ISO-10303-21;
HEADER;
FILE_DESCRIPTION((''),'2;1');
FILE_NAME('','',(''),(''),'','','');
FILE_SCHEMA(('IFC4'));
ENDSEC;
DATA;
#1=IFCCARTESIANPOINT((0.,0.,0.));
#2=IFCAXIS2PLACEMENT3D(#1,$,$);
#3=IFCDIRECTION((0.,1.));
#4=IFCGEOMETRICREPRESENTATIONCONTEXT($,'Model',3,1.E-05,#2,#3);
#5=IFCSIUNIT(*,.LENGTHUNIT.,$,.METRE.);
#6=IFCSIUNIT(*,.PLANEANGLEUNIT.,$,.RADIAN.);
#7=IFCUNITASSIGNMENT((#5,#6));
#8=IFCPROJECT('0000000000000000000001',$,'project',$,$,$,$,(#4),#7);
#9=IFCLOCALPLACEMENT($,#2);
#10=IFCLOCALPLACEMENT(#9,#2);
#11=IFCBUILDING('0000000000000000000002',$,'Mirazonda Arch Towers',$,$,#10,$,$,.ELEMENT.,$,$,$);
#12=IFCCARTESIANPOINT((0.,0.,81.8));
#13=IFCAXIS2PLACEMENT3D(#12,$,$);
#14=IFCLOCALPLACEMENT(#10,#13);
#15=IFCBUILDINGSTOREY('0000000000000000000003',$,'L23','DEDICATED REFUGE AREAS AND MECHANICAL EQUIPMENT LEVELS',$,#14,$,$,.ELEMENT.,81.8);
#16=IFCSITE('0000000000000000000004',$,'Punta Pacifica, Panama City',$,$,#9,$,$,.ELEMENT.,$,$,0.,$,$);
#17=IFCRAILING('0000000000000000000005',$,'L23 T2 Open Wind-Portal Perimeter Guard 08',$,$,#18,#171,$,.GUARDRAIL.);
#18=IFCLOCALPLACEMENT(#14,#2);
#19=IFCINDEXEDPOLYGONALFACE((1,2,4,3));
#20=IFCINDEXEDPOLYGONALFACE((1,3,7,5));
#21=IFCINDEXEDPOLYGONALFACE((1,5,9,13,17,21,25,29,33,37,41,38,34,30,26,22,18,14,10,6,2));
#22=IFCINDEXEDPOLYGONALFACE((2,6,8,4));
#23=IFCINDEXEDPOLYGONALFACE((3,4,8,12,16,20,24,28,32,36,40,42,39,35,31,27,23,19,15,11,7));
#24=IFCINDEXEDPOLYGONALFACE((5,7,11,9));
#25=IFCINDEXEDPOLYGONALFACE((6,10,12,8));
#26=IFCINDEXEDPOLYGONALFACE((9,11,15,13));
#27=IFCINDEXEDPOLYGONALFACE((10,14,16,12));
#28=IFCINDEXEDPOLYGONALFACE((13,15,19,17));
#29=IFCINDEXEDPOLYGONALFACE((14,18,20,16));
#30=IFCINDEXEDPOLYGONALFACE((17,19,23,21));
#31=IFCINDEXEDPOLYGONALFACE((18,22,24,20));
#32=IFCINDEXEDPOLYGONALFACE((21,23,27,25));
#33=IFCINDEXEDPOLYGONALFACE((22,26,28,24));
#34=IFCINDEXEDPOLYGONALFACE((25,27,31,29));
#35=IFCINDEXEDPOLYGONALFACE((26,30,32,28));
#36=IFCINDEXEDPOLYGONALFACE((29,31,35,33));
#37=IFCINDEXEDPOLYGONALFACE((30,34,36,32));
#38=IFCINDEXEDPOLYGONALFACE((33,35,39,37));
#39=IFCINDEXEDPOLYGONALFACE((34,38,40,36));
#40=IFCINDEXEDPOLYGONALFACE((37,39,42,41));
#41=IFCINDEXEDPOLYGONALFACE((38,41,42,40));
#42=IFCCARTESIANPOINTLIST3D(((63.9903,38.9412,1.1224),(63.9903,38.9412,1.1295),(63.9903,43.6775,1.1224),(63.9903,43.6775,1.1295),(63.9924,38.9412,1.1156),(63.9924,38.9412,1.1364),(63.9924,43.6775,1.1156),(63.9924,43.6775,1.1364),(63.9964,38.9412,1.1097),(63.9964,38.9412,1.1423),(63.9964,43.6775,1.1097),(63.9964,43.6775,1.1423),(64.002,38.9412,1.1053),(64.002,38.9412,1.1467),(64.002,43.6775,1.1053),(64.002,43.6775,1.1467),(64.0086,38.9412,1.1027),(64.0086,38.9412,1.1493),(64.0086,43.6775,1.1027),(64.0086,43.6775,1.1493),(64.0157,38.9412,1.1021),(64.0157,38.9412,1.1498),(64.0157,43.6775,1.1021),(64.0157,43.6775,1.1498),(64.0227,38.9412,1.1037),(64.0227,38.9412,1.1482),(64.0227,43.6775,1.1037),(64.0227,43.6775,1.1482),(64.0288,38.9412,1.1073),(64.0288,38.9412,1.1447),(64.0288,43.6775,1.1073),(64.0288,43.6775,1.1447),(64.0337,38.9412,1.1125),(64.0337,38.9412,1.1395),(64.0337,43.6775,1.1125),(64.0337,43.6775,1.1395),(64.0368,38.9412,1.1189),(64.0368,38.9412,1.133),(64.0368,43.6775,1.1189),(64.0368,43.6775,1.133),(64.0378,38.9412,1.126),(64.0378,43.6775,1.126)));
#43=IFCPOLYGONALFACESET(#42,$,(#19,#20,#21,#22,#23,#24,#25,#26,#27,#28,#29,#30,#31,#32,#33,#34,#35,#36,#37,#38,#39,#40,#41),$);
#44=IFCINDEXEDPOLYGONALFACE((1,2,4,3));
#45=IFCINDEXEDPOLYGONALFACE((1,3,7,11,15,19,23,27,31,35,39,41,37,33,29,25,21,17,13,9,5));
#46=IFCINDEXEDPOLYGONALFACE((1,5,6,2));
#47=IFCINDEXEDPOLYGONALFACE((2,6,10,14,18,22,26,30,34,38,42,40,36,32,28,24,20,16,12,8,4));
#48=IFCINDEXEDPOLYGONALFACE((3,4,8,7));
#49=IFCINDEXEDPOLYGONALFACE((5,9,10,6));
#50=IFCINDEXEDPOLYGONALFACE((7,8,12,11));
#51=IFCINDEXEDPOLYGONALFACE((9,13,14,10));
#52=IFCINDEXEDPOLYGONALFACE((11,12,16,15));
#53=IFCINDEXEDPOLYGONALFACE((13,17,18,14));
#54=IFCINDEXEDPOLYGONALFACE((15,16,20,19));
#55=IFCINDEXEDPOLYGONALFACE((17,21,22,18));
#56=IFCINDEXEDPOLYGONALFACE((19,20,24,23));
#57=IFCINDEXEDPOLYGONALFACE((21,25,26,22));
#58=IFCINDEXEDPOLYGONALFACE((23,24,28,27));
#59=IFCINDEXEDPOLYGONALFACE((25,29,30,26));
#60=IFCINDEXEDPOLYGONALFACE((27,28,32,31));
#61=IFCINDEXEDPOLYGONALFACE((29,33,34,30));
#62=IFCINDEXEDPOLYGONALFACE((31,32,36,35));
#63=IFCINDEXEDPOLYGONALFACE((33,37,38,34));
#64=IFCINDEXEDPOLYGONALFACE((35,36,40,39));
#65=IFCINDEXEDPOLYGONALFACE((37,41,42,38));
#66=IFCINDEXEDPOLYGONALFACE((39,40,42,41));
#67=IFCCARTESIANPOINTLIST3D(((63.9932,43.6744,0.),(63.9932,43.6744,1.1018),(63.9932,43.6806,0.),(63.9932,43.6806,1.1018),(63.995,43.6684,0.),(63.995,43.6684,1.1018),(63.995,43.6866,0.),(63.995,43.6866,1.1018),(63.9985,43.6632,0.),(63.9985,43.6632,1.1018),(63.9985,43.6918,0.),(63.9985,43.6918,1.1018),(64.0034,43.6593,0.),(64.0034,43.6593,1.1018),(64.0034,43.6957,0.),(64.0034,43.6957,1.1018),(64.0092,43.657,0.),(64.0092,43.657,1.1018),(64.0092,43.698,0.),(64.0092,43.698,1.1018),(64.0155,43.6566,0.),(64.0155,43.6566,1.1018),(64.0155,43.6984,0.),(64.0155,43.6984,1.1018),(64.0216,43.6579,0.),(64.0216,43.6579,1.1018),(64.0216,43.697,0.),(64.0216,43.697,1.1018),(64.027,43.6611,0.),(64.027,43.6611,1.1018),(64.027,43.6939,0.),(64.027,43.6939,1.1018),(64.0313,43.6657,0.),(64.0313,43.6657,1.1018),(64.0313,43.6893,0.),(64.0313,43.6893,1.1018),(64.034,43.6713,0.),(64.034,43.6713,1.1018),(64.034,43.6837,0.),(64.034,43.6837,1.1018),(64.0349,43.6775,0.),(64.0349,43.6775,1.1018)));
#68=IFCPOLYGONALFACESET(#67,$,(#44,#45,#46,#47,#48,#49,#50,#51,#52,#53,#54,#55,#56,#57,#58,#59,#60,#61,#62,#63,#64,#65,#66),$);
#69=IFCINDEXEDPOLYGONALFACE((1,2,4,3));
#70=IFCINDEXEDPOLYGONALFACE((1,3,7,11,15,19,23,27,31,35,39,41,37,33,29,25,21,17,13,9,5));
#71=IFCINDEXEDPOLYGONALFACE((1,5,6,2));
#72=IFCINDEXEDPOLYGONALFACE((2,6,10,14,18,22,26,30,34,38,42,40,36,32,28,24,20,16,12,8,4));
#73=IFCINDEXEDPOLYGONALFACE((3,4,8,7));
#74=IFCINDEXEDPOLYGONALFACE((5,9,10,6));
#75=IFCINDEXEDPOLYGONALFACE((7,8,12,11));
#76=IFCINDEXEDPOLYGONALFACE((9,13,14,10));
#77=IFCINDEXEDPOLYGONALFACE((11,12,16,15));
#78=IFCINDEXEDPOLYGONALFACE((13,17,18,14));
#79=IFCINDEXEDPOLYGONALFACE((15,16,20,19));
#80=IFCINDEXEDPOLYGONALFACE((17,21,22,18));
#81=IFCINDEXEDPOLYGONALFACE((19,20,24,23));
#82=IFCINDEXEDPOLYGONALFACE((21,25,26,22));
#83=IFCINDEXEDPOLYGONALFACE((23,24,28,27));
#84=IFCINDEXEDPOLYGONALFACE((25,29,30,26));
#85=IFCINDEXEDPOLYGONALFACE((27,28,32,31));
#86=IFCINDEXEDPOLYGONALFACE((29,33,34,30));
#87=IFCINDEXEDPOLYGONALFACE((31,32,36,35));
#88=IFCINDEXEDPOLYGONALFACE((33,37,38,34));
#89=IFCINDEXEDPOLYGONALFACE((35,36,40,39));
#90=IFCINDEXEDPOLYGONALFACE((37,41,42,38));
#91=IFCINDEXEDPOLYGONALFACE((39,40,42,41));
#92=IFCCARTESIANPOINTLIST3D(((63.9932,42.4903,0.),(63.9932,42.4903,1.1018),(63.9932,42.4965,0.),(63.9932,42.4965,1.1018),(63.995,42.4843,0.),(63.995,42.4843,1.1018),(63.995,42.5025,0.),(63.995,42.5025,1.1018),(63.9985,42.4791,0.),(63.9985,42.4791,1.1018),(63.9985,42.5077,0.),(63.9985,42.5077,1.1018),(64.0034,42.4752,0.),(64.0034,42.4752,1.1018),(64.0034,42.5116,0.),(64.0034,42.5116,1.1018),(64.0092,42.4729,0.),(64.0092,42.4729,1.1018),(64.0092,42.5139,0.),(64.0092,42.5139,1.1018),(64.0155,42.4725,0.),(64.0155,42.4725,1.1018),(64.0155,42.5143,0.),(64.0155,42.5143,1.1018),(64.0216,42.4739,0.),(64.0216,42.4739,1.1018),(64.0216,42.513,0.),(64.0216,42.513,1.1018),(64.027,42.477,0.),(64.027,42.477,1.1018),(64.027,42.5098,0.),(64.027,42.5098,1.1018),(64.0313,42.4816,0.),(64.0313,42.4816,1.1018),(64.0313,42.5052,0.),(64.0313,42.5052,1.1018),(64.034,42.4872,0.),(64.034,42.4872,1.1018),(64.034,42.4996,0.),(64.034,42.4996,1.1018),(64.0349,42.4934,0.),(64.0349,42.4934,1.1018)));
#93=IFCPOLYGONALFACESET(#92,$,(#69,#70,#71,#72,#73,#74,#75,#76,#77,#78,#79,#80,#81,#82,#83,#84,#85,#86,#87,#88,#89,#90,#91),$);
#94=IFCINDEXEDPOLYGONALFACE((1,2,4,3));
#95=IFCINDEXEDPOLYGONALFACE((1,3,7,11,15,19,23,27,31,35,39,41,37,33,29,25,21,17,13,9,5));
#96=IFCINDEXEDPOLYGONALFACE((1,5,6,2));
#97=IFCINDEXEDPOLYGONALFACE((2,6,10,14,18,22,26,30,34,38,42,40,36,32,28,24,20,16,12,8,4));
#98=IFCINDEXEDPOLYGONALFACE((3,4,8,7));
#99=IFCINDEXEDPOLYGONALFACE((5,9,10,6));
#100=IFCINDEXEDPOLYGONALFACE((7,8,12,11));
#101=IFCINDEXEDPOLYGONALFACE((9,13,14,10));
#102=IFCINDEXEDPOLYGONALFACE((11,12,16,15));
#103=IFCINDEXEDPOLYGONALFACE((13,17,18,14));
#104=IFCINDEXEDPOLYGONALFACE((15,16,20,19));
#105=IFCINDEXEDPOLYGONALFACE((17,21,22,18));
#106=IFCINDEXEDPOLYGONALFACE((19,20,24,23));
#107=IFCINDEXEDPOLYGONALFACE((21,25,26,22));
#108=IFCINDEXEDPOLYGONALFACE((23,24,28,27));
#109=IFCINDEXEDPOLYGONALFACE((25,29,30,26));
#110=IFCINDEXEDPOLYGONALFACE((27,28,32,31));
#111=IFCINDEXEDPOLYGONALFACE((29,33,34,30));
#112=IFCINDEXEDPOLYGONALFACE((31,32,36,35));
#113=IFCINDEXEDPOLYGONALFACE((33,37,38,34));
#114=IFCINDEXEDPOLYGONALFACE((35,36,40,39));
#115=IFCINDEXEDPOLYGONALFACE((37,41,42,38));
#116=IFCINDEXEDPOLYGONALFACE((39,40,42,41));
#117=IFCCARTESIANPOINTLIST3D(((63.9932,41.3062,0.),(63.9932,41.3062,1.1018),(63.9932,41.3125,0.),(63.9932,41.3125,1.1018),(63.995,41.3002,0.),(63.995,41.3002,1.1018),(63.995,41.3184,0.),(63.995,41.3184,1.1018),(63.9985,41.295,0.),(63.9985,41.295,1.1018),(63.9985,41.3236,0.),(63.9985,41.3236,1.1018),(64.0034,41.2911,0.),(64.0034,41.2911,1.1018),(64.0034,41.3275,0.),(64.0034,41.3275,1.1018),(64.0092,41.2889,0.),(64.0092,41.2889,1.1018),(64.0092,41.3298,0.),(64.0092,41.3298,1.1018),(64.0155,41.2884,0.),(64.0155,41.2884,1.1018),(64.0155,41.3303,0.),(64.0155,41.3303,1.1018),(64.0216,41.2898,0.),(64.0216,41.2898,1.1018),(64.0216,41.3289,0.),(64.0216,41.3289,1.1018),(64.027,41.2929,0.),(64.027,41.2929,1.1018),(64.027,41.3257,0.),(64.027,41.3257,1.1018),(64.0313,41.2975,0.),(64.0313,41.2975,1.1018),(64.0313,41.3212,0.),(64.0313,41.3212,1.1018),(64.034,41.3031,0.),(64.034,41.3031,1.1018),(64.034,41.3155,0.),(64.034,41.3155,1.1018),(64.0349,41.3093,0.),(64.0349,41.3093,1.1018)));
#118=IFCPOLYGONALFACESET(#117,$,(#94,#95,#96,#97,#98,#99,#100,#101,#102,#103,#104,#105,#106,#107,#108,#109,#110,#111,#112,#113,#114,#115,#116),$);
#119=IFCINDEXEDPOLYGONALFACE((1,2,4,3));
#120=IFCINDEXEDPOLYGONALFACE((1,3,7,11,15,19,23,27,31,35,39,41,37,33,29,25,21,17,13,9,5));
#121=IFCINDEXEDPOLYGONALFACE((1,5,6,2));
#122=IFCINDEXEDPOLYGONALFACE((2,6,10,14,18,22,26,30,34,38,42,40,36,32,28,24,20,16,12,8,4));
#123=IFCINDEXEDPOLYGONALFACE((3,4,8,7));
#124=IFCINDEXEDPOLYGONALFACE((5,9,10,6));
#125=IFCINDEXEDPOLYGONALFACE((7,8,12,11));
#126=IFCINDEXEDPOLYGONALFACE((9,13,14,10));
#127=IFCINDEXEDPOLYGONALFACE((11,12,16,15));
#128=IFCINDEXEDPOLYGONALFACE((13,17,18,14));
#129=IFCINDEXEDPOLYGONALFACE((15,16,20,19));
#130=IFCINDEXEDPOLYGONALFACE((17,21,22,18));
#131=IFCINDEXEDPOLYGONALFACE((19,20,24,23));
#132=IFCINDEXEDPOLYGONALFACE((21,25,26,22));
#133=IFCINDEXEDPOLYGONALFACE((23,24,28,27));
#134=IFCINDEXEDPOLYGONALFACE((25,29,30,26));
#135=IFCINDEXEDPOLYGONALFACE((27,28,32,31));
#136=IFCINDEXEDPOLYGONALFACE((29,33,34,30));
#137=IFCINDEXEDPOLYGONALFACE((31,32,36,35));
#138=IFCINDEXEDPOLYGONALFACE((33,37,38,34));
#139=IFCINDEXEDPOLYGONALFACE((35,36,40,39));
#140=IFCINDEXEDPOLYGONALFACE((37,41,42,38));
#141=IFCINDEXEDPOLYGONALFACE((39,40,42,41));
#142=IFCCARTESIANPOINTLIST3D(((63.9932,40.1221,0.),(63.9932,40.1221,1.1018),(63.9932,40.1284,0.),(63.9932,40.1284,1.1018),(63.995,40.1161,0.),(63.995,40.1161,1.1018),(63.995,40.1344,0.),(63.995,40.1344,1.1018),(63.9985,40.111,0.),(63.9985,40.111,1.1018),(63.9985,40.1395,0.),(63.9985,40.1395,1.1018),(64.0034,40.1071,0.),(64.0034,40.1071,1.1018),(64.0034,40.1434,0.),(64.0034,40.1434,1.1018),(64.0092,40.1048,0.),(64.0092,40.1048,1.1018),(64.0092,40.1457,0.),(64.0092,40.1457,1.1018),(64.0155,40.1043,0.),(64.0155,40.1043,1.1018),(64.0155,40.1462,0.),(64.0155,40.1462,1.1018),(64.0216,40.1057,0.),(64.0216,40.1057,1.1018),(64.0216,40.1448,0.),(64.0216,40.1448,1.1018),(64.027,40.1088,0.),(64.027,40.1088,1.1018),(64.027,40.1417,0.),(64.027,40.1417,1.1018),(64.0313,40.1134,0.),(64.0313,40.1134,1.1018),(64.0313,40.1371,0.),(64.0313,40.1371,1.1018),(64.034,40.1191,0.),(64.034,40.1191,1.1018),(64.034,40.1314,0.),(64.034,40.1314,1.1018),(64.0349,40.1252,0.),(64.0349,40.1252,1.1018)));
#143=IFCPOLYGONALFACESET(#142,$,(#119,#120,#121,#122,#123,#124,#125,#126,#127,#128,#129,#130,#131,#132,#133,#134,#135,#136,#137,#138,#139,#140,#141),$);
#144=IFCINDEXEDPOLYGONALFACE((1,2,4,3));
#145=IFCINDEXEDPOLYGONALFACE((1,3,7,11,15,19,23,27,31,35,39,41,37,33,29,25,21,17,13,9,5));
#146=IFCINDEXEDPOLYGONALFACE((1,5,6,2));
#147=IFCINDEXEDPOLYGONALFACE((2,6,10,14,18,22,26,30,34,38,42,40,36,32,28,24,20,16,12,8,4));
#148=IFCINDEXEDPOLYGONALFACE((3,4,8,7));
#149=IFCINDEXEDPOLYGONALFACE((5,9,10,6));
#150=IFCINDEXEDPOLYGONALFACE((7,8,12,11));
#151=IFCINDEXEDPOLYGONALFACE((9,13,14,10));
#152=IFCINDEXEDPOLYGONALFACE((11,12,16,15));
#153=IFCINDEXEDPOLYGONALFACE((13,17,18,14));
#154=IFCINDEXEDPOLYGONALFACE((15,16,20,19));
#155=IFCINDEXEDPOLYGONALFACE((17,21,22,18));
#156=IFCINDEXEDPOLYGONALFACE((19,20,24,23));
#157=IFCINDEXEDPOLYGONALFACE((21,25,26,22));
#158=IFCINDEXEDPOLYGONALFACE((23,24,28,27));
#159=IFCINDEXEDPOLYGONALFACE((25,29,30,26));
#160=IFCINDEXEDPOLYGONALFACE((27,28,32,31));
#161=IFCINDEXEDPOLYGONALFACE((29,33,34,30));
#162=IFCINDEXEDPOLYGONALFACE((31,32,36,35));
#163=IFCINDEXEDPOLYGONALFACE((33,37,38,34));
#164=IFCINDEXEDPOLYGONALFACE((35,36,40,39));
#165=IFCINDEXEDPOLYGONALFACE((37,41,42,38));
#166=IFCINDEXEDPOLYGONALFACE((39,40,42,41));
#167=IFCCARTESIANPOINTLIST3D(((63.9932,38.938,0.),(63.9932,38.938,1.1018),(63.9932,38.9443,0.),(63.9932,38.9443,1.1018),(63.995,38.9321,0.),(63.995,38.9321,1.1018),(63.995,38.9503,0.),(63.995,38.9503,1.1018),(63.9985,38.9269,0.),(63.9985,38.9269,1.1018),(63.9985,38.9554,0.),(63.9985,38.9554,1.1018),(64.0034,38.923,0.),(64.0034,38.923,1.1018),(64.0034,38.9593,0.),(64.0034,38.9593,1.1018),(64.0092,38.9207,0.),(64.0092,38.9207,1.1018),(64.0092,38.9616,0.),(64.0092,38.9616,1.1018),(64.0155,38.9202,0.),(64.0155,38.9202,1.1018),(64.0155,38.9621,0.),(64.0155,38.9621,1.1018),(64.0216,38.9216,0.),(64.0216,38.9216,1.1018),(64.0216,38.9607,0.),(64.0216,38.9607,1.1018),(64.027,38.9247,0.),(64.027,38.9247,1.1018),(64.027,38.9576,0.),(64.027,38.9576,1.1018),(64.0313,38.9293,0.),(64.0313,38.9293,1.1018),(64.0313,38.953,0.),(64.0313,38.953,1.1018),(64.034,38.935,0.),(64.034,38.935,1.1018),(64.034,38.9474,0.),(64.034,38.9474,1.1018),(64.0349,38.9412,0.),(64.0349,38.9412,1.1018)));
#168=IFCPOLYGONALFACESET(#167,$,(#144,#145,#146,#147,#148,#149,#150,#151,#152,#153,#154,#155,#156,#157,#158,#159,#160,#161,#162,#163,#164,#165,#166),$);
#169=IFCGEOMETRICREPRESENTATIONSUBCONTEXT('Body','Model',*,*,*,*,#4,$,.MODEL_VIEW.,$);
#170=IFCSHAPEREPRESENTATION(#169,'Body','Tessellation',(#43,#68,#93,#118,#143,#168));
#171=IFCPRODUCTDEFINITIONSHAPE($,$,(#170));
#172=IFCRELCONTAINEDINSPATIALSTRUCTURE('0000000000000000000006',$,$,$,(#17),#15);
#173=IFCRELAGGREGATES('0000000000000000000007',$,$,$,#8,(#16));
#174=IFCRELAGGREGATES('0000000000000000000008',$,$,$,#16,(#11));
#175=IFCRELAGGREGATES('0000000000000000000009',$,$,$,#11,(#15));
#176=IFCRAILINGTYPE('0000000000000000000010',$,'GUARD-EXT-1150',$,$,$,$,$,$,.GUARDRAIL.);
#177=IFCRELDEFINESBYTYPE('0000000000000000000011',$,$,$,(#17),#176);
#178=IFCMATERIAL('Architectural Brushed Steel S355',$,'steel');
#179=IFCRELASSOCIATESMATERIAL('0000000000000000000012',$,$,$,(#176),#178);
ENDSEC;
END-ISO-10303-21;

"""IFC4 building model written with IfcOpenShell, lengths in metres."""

from ifc_helpers import new_model, si_unit, direction, frame, origin, origin_2d, place, context, subcontext, project, spatial, circle, extrude, material, type_object, element, save


model = new_model("IFC4")

# Units and contexts
model_context = context("Model", 3, precision=1e-05, world=origin(), true_north=direction((0.0, 1.0)))
body_context = subcontext(model_context, "Body", "Model", "MODEL_VIEW")
ifc_project = project(units=[si_unit("LENGTHUNIT", "METRE"), si_unit("PLANEANGLEUNIT", "RADIAN")], contexts=[model_context])

# Site, building, storey
site_placement = place(None, origin())
site = spatial("IfcSite", under=ifc_project, at=site_placement, Name="Punta Pacifica, Panama City", CompositionType="ELEMENT", RefElevation=0.0)
building_placement = place(site_placement, origin())
building = spatial("IfcBuilding", under=site, at=building_placement, Name="Mirazonda Arch Towers", CompositionType="ELEMENT")
storey_placement = place(building_placement, frame((0.0, 0.0, 81.8)))
storey = spatial("IfcBuildingStorey", under=building, at=storey_placement, Name="L23", Description="DEDICATED REFUGE AREAS AND MECHANICAL EQUIPMENT LEVELS", CompositionType="ELEMENT", Elevation=81.8)

# Railing
ifc_material_1 = material(Name="Architectural Brushed Steel S355", Category="steel")
railing_type_1 = type_object("IfcRailingType", Name="GUARD-EXT-1150", PredefinedType="GUARDRAIL", material=ifc_material_1)
railing_1_placement = place(storey_placement, frame((64.0139, 43.6775, 0.0)))
element("IfcRailing", 1, at=railing_1_placement, inside=storey, type_object=railing_type_1, Name="L23 T2 Open Wind-Portal Perimeter Guard 08", PredefinedType="GUARDRAIL", context=body_context, shape_type="SweptSolid", body=[
    extrude(circle(Radius=0.0239, at=origin_2d()), frame((0.0, 0.0, 1.126), z_axis=(0.0, -1.0, 0.0), x_axis=(1.0, 0.0, 0.0)), (0.0, 0.0, 1.0), 4.7363),
    extrude(circle(Radius=0.021, at=origin_2d()), origin(), (0.0, 0.0, 1.0), 1.1018),
    extrude(circle(Radius=0.021, at=origin_2d()), frame((0.0, -1.1841, 0.0)), (0.0, 0.0, 1.0), 1.1018),
    extrude(circle(Radius=0.021, at=origin_2d()), frame((0.0, -2.3682, 0.0)), (0.0, 0.0, 1.0), 1.1018),
    extrude(circle(Radius=0.021, at=origin_2d()), frame((0.0, -3.5522, 0.0)), (0.0, 0.0, 1.0), 1.1018),
    extrude(circle(Radius=0.021, at=origin_2d()), frame((0.0, -4.7363, 0.0)), (0.0, 0.0, 1.0), 1.1018),
])

save(model, "model.ifc")
